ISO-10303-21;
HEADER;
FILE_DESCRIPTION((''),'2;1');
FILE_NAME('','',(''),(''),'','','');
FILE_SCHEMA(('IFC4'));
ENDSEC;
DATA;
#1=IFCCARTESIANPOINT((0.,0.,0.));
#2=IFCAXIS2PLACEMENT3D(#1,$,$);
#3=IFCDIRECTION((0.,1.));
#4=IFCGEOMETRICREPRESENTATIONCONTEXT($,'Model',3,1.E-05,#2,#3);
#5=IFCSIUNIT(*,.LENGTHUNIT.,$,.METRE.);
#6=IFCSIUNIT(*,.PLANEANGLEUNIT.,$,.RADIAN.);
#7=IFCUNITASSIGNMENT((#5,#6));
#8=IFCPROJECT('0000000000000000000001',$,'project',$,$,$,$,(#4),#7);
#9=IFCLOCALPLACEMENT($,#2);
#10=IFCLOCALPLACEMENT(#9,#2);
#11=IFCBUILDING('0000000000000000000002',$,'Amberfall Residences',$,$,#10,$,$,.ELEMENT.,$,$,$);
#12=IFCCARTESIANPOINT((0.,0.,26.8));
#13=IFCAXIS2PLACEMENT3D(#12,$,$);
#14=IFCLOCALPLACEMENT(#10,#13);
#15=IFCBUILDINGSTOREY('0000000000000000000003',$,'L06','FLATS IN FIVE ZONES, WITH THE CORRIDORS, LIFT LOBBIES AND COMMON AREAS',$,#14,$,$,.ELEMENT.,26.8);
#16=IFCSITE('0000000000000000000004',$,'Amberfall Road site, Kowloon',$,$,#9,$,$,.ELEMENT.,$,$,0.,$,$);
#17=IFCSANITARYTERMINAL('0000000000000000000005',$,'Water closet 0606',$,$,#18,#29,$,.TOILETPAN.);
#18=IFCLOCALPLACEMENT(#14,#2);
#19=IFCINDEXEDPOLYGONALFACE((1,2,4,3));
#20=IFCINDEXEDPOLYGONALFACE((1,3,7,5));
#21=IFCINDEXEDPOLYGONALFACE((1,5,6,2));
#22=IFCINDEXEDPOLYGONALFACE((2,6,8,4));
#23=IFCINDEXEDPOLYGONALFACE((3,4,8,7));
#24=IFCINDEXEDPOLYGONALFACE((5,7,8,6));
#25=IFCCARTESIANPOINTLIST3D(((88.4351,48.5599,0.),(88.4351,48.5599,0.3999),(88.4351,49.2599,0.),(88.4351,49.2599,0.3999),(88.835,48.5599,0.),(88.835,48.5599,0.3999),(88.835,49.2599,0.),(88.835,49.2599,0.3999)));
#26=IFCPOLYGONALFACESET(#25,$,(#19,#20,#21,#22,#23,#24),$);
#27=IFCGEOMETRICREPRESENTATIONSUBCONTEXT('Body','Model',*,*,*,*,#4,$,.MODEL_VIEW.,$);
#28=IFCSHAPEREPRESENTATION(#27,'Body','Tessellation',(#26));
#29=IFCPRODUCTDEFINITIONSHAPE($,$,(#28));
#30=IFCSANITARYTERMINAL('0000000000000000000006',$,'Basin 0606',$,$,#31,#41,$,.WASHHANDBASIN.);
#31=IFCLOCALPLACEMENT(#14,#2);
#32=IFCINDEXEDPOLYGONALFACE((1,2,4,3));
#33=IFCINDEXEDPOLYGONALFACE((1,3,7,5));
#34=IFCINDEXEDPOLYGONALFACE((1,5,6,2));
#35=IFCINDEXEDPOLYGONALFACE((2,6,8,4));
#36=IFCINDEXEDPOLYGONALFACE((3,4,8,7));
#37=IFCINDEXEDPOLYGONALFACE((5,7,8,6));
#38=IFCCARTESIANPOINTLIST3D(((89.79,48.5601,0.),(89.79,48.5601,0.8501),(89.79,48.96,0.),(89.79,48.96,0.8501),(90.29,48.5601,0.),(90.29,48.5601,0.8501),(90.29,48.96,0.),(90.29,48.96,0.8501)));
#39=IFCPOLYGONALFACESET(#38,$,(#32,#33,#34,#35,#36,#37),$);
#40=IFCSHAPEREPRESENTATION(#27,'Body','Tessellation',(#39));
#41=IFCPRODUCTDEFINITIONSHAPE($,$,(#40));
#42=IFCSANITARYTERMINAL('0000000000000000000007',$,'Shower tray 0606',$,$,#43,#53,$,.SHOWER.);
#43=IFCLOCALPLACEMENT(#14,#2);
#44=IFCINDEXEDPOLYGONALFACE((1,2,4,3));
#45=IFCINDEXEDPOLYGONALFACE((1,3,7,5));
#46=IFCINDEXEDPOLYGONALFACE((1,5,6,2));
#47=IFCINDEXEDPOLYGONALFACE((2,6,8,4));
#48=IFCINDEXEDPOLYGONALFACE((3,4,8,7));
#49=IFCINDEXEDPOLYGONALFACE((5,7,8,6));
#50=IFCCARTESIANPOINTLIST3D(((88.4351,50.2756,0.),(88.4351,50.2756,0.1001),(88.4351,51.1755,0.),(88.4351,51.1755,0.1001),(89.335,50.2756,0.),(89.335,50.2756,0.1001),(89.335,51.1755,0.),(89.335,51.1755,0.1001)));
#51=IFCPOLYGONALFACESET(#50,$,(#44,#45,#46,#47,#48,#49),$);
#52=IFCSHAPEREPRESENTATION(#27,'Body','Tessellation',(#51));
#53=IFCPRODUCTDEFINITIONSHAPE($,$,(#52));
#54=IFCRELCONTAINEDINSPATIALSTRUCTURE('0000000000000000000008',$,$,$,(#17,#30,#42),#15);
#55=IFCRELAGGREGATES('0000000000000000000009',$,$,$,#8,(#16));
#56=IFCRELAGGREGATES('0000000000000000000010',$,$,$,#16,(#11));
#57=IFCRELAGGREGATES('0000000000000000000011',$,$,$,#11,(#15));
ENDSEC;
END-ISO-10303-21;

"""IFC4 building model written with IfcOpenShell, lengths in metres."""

from ifc_helpers import new_model, si_unit, direction, frame, origin, origin_2d, place, context, subcontext, project, spatial, rectangle, extrude, element, save


model = new_model("IFC4")

# Units and contexts
model_context = context("Model", 3, precision=1e-05, world=origin(), true_north=direction((0.0, 1.0)))
body_context = subcontext(model_context, "Body", "Model", "MODEL_VIEW")
ifc_project = project(units=[si_unit("LENGTHUNIT", "METRE"), si_unit("PLANEANGLEUNIT", "RADIAN")], contexts=[model_context])

# Site, building, storey
site_placement = place(None, origin())
site = spatial("IfcSite", under=ifc_project, at=site_placement, Name="Amberfall Road site, Kowloon", CompositionType="ELEMENT", RefElevation=0.0)
building_placement = place(site_placement, origin())
building = spatial("IfcBuilding", under=site, at=building_placement, Name="Amberfall Residences", CompositionType="ELEMENT")
storey_placement = place(building_placement, frame((0.0, 0.0, 26.8)))
storey = spatial("IfcBuildingStorey", under=building, at=storey_placement, Name="L06", Description="FLATS IN FIVE ZONES, WITH THE CORRIDORS, LIFT LOBBIES AND COMMON AREAS", CompositionType="ELEMENT", Elevation=26.8)

# Sanitary terminals
sanitary_terminal_1_placement = place(storey_placement, frame((88.635, 48.9099, 0.0), z_axis=(0.0, 0.0, 1.0), x_axis=(1.0, 0.0, 0.0)))
element("IfcSanitaryTerminal", 1, at=sanitary_terminal_1_placement, inside=storey, Name="Water closet 0606", PredefinedType="TOILETPAN", context=body_context, shape_type="SweptSolid", body=[
    extrude(rectangle(XDim=0.3999, YDim=0.7, at=origin_2d()), origin(), (0.0, 0.0, 1.0), 0.3999),
])
sanitary_terminal_2_placement = place(storey_placement, frame((90.04, 48.76, 0.0), z_axis=(0.0, 0.0, 1.0), x_axis=(1.0, 0.0, 0.0)))
element("IfcSanitaryTerminal", 2, at=sanitary_terminal_2_placement, inside=storey, Name="Basin 0606", PredefinedType="WASHHANDBASIN", context=body_context, shape_type="SweptSolid", body=[
    extrude(rectangle(XDim=0.5, YDim=0.3999, at=origin_2d()), origin(), (0.0, 0.0, 1.0), 0.8501),
])
sanitary_terminal_3_placement = place(storey_placement, frame((88.885, 50.7256, 0.0), z_axis=(0.0, 0.0, 1.0), x_axis=(1.0, 0.0, 0.0)))
element("IfcSanitaryTerminal", 3, at=sanitary_terminal_3_placement, inside=storey, Name="Shower tray 0606", PredefinedType="SHOWER", context=body_context, shape_type="SweptSolid", body=[
    extrude(rectangle(XDim=0.8999, YDim=0.8999, at=origin_2d()), origin(), (0.0, 0.0, 1.0), 0.1001),
])

save(model, "model.ifc")
